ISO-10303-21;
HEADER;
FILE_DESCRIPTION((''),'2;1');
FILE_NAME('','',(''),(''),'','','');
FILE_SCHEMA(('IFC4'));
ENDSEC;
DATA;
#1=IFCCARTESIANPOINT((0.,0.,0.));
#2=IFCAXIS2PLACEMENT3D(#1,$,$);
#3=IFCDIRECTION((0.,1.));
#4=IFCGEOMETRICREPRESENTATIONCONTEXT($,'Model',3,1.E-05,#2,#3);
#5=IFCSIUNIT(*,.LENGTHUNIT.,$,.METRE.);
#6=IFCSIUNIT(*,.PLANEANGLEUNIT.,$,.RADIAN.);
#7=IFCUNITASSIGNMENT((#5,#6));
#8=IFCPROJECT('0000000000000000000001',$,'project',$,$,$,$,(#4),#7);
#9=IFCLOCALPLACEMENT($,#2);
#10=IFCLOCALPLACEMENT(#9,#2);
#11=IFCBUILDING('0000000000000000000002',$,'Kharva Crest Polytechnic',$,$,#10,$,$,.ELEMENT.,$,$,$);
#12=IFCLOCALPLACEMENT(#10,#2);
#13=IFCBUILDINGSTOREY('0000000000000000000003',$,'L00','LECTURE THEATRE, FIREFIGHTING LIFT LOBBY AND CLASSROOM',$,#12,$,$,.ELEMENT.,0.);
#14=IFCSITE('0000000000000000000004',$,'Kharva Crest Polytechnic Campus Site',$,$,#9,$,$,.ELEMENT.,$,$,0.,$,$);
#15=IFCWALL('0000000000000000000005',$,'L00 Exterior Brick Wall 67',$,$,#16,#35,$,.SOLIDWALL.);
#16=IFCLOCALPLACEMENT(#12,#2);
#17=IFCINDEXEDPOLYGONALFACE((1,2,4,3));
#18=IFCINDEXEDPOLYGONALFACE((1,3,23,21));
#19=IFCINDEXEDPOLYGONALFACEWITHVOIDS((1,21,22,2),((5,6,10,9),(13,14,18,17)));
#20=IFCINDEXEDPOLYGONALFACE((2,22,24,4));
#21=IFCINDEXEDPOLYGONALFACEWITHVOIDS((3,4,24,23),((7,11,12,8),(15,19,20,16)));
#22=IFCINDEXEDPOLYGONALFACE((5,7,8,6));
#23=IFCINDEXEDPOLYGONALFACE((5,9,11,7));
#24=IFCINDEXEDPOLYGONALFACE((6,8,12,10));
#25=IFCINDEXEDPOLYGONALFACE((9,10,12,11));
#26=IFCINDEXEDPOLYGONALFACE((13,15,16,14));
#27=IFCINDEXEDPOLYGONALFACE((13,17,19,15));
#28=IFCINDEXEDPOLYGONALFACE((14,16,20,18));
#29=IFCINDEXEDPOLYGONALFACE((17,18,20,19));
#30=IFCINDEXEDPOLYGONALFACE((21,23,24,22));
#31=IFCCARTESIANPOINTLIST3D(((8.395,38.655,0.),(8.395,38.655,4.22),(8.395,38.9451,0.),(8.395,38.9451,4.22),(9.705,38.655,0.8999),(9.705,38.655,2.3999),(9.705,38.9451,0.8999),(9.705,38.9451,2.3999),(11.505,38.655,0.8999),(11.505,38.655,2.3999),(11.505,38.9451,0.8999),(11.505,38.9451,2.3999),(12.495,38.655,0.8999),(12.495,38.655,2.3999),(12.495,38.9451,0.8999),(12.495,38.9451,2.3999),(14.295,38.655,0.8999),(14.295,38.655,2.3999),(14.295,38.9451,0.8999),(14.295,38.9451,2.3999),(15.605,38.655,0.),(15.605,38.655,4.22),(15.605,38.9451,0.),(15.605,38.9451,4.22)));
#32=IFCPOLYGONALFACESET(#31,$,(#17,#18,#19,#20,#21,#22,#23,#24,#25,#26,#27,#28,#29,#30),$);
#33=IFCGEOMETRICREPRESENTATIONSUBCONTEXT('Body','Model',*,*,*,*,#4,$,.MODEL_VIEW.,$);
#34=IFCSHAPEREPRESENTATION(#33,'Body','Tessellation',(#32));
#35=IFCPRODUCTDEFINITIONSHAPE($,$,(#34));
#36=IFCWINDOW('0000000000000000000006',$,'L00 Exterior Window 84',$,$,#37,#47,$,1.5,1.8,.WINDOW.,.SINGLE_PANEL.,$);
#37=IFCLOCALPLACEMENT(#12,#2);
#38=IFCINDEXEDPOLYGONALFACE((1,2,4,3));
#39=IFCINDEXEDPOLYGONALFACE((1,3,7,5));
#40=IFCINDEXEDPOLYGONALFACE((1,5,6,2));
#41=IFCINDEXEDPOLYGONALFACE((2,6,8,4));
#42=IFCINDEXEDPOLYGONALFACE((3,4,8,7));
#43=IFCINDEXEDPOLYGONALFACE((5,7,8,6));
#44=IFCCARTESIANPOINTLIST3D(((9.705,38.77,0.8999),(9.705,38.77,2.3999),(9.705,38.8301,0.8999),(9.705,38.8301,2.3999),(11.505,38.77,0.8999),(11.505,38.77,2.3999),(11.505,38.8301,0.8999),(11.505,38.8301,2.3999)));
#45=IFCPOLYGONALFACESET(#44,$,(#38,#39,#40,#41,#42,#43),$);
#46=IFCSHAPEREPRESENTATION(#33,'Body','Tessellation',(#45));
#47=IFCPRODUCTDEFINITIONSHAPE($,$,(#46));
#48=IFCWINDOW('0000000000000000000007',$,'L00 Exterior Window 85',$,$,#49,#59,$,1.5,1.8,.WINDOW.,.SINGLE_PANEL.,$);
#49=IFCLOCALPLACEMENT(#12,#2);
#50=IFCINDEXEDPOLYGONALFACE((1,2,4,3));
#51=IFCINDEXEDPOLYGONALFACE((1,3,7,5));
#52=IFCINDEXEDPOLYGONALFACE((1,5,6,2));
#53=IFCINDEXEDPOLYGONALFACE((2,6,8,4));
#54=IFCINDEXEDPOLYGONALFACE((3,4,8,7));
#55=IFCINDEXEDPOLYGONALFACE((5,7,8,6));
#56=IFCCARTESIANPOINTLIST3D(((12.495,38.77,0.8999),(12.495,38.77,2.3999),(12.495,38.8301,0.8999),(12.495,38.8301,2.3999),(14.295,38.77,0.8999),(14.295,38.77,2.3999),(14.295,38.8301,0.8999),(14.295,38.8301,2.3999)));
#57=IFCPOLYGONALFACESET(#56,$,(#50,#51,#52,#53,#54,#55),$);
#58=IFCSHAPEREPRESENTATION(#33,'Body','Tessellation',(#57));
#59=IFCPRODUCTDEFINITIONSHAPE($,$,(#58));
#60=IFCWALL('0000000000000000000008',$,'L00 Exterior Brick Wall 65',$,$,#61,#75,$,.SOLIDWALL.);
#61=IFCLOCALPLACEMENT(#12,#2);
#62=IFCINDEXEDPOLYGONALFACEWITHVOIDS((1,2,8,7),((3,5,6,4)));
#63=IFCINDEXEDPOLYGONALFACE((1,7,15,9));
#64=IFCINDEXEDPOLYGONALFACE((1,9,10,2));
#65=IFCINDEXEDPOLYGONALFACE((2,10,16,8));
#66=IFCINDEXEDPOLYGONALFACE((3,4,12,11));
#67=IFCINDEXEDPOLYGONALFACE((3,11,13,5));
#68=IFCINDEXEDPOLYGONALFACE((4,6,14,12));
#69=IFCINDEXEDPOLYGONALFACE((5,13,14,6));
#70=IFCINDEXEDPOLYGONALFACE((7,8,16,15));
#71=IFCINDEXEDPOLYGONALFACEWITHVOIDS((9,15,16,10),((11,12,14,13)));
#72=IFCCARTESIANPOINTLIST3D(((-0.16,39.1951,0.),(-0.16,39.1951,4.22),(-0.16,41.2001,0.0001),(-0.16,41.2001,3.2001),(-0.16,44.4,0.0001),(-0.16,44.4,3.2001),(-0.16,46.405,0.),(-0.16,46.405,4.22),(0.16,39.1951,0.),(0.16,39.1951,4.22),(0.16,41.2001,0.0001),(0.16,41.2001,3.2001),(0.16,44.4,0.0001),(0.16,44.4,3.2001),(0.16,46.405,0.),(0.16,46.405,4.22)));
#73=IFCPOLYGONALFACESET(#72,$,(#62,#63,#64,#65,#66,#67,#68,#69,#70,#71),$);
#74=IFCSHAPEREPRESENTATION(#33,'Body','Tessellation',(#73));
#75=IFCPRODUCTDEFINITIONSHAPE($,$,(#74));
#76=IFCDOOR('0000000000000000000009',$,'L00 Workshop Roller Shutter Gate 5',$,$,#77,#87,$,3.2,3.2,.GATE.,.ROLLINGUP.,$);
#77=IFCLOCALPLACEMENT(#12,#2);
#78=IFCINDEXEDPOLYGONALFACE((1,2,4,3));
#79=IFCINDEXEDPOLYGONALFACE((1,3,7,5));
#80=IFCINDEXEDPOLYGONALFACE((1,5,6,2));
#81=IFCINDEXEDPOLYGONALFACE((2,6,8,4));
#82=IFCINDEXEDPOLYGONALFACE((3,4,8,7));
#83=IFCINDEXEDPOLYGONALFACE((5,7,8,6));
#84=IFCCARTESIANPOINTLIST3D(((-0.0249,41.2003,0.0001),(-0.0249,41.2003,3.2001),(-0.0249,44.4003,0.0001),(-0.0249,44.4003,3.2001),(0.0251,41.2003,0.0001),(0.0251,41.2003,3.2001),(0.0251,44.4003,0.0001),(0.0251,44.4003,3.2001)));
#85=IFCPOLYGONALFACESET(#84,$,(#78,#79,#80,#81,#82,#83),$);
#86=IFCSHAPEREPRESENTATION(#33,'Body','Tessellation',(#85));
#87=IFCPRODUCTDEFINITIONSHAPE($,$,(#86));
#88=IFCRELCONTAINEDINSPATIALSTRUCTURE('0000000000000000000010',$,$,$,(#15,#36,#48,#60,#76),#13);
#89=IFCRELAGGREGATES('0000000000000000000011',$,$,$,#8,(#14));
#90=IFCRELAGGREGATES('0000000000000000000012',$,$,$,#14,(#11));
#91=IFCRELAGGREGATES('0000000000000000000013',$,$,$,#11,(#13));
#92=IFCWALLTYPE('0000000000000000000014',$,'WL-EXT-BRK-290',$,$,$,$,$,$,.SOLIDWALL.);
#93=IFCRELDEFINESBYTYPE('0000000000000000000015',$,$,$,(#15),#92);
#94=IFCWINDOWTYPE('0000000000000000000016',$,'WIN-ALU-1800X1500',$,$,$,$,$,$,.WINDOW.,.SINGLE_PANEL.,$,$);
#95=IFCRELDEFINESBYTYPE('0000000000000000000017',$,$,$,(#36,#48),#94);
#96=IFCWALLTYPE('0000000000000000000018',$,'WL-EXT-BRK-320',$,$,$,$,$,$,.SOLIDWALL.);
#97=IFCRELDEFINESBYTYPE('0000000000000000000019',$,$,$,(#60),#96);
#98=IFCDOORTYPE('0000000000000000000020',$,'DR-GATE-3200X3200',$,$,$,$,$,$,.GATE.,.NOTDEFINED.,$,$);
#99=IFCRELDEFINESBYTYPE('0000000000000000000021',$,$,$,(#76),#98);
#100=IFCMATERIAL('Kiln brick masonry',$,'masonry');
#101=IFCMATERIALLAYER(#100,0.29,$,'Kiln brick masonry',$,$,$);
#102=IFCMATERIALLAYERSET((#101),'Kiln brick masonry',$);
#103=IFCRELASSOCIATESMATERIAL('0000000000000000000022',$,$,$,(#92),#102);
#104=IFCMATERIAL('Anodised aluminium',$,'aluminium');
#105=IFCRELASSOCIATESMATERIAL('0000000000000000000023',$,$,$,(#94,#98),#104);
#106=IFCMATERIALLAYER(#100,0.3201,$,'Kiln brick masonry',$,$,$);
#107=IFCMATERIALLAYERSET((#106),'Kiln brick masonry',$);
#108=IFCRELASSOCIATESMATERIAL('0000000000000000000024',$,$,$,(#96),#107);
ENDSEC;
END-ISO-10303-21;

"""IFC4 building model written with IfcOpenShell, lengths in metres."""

from ifc_helpers import new_model, si_unit, direction, frame, frame_2d, origin, place, context, subcontext, project, spatial, rectangle, extrude, material, layer, layer_set, type_object, element, fill, save


model = new_model("IFC4")

# Units and contexts
model_context = context("Model", 3, precision=1e-05, world=origin(), true_north=direction((0.0, 1.0)))
body_context = subcontext(model_context, "Body", "Model", "MODEL_VIEW")
ifc_project = project(units=[si_unit("LENGTHUNIT", "METRE"), si_unit("PLANEANGLEUNIT", "RADIAN")], contexts=[model_context])

# Site, building, storey
site_placement = place(None, origin())
site = spatial("IfcSite", under=ifc_project, at=site_placement, Name="Kharva Crest Polytechnic Campus Site", CompositionType="ELEMENT", RefElevation=0.0)
building_placement = place(site_placement, origin())
building = spatial("IfcBuilding", under=site, at=building_placement, Name="Kharva Crest Polytechnic", CompositionType="ELEMENT")
storey_placement = place(building_placement, origin())
storey = spatial("IfcBuildingStorey", under=building, at=storey_placement, Name="L00", Description="LECTURE THEATRE, FIREFIGHTING LIFT LOBBY AND CLASSROOM", CompositionType="ELEMENT", Elevation=0.0)

# Wall, openings, windows
ifc_material_1 = material(Name="Kiln brick masonry", Category="masonry")
ifc_layer_1 = layer(ifc_material_1, 0.29, Name="Kiln brick masonry")
ifc_layer_set_1 = layer_set([ifc_layer_1], Name="Kiln brick masonry")
wall_type_1 = type_object("IfcWallType", Name="WL-EXT-BRK-290", PredefinedType="SOLIDWALL", material=ifc_layer_set_1)
wall_1_placement = place(storey_placement, frame((8.395, 38.8, 0.0), z_axis=(0.0, 0.0, 1.0), x_axis=(1.0, 0.0, 0.0)))
wall_1 = element("IfcWall", 1, at=wall_1_placement, inside=storey, type_object=wall_type_1, Name="L00 Exterior Brick Wall 67", PredefinedType="SOLIDWALL", context=body_context, shape_type="SweptSolid", body=[
    extrude(rectangle(XDim=7.21, YDim=0.29, at=frame_2d((3.605, 0.0))), origin(), (0.0, 0.0, 1.0), 4.22),
])
opening_1_placement = place(wall_1_placement, frame((1.3101, 0.0, 0.8999)))
opening_1 = element("IfcOpeningElement", 2, at=opening_1_placement, cuts=wall_1, PredefinedType="OPENING", context=body_context, shape_type="SweptSolid", body=[
    extrude(rectangle(XDim=1.8, YDim=1.5, at=frame_2d((0.8999, 0.75))), frame((0.0, 0.155, 0.0), z_axis=(0.0, -1.0, 0.0), x_axis=(1.0, 0.0, 0.0)), (0.0, 0.0, 1.0), 0.3101),
])
opening_2_placement = place(wall_1_placement, frame((4.1001, 0.0, 0.8999)))
opening_2 = element("IfcOpeningElement", 3, at=opening_2_placement, cuts=wall_1, PredefinedType="OPENING", context=body_context, shape_type="SweptSolid", body=[
    extrude(rectangle(XDim=1.8, YDim=1.5, at=frame_2d((0.8999, 0.75))), frame((0.0, 0.155, 0.0), z_axis=(0.0, -1.0, 0.0), x_axis=(1.0, 0.0, 0.0)), (0.0, 0.0, 1.0), 0.3101),
])
ifc_material_2 = material(Name="Anodised aluminium", Category="aluminium")
window_type = type_object("IfcWindowType", Name="WIN-ALU-1800X1500", PartitioningType="SINGLE_PANEL", PredefinedType="WINDOW", material=ifc_material_2)
window_1_placement = place(opening_1_placement, origin())
window_1 = element("IfcWindow", 4, at=window_1_placement, inside=storey, type_object=window_type, Name="L00 Exterior Window 84", OverallHeight=1.5, OverallWidth=1.8, PartitioningType="SINGLE_PANEL", PredefinedType="WINDOW", context=body_context, shape_type="SweptSolid", body=[
    extrude(rectangle(XDim=1.8, YDim=1.5, at=frame_2d((0.8999, 0.75))), frame((0.0, 0.03, 0.0), z_axis=(0.0, -1.0, 0.0), x_axis=(1.0, 0.0, 0.0)), (0.0, 0.0, 1.0), 0.0601),
])
fill(opening_1, window_1)
window_2_placement = place(opening_2_placement, origin())
window_2 = element("IfcWindow", 5, at=window_2_placement, inside=storey, type_object=window_type, Name="L00 Exterior Window 85", OverallHeight=1.5, OverallWidth=1.8, PartitioningType="SINGLE_PANEL", PredefinedType="WINDOW", context=body_context, shape_type="SweptSolid", body=[
    extrude(rectangle(XDim=1.8, YDim=1.5, at=frame_2d((0.8999, 0.75))), frame((0.0, 0.03, 0.0), z_axis=(0.0, -1.0, 0.0), x_axis=(1.0, 0.0, 0.0)), (0.0, 0.0, 1.0), 0.0601),
])
fill(opening_2, window_2)

# Wall, opening, door
ifc_layer_2 = layer(ifc_material_1, 0.3201, Name="Kiln brick masonry")
ifc_layer_set_2 = layer_set([ifc_layer_2], Name="Kiln brick masonry")
wall_type_2 = type_object("IfcWallType", Name="WL-EXT-BRK-320", PredefinedType="SOLIDWALL", material=ifc_layer_set_2)
wall_2_placement = place(storey_placement, frame((0.0, 46.405, 0.0), z_axis=(0.0, 0.0, 1.0), x_axis=(0.0, -1.0, 0.0)))
wall_2 = element("IfcWall", 6, at=wall_2_placement, inside=storey, type_object=wall_type_2, Name="L00 Exterior Brick Wall 65", PredefinedType="SOLIDWALL", context=body_context, shape_type="SweptSolid", body=[
    extrude(rectangle(XDim=7.21, YDim=0.3201, at=frame_2d((3.605, 0.0))), origin(), (0.0, 0.0, 1.0), 4.22),
])
opening_3_placement = place(wall_2_placement, frame((2.0049, 0.0, 0.0)))
opening_3 = element("IfcOpeningElement", 7, at=opening_3_placement, cuts=wall_2, PredefinedType="OPENING", context=body_context, shape_type="SweptSolid", body=[
    extrude(rectangle(XDim=3.2, YDim=3.2, at=frame_2d((1.6001, 1.6001))), frame((0.0, 0.1699, 0.0), z_axis=(0.0, -1.0, 0.0), x_axis=(1.0, 0.0, 0.0)), (0.0, 0.0, 1.0), 0.3401),
])
door_type = type_object("IfcDoorType", Name="DR-GATE-3200X3200", OperationType="NOTDEFINED", PredefinedType="GATE", material=ifc_material_2)
door_placement = place(opening_3_placement, frame((3.2, 0.0, 0.0), z_axis=(0.0, 0.0, 1.0), x_axis=(-1.0, 0.0, 0.0)))
door = element("IfcDoor", 8, at=door_placement, inside=storey, type_object=door_type, Name="L00 Workshop Roller Shutter Gate 5", OperationType="ROLLINGUP", OverallHeight=3.2, OverallWidth=3.2, PredefinedType="GATE", context=body_context, shape_type="SweptSolid", body=[
    extrude(rectangle(XDim=3.2, YDim=3.2, at=frame_2d((1.6001, 1.6001))), frame((0.0, 0.0249, 0.0), z_axis=(0.0, -1.0, 0.0), x_axis=(1.0, 0.0, 0.0)), (0.0, 0.0, 1.0), 0.05),
])
fill(opening_3, door)

save(model, "model.ifc")
